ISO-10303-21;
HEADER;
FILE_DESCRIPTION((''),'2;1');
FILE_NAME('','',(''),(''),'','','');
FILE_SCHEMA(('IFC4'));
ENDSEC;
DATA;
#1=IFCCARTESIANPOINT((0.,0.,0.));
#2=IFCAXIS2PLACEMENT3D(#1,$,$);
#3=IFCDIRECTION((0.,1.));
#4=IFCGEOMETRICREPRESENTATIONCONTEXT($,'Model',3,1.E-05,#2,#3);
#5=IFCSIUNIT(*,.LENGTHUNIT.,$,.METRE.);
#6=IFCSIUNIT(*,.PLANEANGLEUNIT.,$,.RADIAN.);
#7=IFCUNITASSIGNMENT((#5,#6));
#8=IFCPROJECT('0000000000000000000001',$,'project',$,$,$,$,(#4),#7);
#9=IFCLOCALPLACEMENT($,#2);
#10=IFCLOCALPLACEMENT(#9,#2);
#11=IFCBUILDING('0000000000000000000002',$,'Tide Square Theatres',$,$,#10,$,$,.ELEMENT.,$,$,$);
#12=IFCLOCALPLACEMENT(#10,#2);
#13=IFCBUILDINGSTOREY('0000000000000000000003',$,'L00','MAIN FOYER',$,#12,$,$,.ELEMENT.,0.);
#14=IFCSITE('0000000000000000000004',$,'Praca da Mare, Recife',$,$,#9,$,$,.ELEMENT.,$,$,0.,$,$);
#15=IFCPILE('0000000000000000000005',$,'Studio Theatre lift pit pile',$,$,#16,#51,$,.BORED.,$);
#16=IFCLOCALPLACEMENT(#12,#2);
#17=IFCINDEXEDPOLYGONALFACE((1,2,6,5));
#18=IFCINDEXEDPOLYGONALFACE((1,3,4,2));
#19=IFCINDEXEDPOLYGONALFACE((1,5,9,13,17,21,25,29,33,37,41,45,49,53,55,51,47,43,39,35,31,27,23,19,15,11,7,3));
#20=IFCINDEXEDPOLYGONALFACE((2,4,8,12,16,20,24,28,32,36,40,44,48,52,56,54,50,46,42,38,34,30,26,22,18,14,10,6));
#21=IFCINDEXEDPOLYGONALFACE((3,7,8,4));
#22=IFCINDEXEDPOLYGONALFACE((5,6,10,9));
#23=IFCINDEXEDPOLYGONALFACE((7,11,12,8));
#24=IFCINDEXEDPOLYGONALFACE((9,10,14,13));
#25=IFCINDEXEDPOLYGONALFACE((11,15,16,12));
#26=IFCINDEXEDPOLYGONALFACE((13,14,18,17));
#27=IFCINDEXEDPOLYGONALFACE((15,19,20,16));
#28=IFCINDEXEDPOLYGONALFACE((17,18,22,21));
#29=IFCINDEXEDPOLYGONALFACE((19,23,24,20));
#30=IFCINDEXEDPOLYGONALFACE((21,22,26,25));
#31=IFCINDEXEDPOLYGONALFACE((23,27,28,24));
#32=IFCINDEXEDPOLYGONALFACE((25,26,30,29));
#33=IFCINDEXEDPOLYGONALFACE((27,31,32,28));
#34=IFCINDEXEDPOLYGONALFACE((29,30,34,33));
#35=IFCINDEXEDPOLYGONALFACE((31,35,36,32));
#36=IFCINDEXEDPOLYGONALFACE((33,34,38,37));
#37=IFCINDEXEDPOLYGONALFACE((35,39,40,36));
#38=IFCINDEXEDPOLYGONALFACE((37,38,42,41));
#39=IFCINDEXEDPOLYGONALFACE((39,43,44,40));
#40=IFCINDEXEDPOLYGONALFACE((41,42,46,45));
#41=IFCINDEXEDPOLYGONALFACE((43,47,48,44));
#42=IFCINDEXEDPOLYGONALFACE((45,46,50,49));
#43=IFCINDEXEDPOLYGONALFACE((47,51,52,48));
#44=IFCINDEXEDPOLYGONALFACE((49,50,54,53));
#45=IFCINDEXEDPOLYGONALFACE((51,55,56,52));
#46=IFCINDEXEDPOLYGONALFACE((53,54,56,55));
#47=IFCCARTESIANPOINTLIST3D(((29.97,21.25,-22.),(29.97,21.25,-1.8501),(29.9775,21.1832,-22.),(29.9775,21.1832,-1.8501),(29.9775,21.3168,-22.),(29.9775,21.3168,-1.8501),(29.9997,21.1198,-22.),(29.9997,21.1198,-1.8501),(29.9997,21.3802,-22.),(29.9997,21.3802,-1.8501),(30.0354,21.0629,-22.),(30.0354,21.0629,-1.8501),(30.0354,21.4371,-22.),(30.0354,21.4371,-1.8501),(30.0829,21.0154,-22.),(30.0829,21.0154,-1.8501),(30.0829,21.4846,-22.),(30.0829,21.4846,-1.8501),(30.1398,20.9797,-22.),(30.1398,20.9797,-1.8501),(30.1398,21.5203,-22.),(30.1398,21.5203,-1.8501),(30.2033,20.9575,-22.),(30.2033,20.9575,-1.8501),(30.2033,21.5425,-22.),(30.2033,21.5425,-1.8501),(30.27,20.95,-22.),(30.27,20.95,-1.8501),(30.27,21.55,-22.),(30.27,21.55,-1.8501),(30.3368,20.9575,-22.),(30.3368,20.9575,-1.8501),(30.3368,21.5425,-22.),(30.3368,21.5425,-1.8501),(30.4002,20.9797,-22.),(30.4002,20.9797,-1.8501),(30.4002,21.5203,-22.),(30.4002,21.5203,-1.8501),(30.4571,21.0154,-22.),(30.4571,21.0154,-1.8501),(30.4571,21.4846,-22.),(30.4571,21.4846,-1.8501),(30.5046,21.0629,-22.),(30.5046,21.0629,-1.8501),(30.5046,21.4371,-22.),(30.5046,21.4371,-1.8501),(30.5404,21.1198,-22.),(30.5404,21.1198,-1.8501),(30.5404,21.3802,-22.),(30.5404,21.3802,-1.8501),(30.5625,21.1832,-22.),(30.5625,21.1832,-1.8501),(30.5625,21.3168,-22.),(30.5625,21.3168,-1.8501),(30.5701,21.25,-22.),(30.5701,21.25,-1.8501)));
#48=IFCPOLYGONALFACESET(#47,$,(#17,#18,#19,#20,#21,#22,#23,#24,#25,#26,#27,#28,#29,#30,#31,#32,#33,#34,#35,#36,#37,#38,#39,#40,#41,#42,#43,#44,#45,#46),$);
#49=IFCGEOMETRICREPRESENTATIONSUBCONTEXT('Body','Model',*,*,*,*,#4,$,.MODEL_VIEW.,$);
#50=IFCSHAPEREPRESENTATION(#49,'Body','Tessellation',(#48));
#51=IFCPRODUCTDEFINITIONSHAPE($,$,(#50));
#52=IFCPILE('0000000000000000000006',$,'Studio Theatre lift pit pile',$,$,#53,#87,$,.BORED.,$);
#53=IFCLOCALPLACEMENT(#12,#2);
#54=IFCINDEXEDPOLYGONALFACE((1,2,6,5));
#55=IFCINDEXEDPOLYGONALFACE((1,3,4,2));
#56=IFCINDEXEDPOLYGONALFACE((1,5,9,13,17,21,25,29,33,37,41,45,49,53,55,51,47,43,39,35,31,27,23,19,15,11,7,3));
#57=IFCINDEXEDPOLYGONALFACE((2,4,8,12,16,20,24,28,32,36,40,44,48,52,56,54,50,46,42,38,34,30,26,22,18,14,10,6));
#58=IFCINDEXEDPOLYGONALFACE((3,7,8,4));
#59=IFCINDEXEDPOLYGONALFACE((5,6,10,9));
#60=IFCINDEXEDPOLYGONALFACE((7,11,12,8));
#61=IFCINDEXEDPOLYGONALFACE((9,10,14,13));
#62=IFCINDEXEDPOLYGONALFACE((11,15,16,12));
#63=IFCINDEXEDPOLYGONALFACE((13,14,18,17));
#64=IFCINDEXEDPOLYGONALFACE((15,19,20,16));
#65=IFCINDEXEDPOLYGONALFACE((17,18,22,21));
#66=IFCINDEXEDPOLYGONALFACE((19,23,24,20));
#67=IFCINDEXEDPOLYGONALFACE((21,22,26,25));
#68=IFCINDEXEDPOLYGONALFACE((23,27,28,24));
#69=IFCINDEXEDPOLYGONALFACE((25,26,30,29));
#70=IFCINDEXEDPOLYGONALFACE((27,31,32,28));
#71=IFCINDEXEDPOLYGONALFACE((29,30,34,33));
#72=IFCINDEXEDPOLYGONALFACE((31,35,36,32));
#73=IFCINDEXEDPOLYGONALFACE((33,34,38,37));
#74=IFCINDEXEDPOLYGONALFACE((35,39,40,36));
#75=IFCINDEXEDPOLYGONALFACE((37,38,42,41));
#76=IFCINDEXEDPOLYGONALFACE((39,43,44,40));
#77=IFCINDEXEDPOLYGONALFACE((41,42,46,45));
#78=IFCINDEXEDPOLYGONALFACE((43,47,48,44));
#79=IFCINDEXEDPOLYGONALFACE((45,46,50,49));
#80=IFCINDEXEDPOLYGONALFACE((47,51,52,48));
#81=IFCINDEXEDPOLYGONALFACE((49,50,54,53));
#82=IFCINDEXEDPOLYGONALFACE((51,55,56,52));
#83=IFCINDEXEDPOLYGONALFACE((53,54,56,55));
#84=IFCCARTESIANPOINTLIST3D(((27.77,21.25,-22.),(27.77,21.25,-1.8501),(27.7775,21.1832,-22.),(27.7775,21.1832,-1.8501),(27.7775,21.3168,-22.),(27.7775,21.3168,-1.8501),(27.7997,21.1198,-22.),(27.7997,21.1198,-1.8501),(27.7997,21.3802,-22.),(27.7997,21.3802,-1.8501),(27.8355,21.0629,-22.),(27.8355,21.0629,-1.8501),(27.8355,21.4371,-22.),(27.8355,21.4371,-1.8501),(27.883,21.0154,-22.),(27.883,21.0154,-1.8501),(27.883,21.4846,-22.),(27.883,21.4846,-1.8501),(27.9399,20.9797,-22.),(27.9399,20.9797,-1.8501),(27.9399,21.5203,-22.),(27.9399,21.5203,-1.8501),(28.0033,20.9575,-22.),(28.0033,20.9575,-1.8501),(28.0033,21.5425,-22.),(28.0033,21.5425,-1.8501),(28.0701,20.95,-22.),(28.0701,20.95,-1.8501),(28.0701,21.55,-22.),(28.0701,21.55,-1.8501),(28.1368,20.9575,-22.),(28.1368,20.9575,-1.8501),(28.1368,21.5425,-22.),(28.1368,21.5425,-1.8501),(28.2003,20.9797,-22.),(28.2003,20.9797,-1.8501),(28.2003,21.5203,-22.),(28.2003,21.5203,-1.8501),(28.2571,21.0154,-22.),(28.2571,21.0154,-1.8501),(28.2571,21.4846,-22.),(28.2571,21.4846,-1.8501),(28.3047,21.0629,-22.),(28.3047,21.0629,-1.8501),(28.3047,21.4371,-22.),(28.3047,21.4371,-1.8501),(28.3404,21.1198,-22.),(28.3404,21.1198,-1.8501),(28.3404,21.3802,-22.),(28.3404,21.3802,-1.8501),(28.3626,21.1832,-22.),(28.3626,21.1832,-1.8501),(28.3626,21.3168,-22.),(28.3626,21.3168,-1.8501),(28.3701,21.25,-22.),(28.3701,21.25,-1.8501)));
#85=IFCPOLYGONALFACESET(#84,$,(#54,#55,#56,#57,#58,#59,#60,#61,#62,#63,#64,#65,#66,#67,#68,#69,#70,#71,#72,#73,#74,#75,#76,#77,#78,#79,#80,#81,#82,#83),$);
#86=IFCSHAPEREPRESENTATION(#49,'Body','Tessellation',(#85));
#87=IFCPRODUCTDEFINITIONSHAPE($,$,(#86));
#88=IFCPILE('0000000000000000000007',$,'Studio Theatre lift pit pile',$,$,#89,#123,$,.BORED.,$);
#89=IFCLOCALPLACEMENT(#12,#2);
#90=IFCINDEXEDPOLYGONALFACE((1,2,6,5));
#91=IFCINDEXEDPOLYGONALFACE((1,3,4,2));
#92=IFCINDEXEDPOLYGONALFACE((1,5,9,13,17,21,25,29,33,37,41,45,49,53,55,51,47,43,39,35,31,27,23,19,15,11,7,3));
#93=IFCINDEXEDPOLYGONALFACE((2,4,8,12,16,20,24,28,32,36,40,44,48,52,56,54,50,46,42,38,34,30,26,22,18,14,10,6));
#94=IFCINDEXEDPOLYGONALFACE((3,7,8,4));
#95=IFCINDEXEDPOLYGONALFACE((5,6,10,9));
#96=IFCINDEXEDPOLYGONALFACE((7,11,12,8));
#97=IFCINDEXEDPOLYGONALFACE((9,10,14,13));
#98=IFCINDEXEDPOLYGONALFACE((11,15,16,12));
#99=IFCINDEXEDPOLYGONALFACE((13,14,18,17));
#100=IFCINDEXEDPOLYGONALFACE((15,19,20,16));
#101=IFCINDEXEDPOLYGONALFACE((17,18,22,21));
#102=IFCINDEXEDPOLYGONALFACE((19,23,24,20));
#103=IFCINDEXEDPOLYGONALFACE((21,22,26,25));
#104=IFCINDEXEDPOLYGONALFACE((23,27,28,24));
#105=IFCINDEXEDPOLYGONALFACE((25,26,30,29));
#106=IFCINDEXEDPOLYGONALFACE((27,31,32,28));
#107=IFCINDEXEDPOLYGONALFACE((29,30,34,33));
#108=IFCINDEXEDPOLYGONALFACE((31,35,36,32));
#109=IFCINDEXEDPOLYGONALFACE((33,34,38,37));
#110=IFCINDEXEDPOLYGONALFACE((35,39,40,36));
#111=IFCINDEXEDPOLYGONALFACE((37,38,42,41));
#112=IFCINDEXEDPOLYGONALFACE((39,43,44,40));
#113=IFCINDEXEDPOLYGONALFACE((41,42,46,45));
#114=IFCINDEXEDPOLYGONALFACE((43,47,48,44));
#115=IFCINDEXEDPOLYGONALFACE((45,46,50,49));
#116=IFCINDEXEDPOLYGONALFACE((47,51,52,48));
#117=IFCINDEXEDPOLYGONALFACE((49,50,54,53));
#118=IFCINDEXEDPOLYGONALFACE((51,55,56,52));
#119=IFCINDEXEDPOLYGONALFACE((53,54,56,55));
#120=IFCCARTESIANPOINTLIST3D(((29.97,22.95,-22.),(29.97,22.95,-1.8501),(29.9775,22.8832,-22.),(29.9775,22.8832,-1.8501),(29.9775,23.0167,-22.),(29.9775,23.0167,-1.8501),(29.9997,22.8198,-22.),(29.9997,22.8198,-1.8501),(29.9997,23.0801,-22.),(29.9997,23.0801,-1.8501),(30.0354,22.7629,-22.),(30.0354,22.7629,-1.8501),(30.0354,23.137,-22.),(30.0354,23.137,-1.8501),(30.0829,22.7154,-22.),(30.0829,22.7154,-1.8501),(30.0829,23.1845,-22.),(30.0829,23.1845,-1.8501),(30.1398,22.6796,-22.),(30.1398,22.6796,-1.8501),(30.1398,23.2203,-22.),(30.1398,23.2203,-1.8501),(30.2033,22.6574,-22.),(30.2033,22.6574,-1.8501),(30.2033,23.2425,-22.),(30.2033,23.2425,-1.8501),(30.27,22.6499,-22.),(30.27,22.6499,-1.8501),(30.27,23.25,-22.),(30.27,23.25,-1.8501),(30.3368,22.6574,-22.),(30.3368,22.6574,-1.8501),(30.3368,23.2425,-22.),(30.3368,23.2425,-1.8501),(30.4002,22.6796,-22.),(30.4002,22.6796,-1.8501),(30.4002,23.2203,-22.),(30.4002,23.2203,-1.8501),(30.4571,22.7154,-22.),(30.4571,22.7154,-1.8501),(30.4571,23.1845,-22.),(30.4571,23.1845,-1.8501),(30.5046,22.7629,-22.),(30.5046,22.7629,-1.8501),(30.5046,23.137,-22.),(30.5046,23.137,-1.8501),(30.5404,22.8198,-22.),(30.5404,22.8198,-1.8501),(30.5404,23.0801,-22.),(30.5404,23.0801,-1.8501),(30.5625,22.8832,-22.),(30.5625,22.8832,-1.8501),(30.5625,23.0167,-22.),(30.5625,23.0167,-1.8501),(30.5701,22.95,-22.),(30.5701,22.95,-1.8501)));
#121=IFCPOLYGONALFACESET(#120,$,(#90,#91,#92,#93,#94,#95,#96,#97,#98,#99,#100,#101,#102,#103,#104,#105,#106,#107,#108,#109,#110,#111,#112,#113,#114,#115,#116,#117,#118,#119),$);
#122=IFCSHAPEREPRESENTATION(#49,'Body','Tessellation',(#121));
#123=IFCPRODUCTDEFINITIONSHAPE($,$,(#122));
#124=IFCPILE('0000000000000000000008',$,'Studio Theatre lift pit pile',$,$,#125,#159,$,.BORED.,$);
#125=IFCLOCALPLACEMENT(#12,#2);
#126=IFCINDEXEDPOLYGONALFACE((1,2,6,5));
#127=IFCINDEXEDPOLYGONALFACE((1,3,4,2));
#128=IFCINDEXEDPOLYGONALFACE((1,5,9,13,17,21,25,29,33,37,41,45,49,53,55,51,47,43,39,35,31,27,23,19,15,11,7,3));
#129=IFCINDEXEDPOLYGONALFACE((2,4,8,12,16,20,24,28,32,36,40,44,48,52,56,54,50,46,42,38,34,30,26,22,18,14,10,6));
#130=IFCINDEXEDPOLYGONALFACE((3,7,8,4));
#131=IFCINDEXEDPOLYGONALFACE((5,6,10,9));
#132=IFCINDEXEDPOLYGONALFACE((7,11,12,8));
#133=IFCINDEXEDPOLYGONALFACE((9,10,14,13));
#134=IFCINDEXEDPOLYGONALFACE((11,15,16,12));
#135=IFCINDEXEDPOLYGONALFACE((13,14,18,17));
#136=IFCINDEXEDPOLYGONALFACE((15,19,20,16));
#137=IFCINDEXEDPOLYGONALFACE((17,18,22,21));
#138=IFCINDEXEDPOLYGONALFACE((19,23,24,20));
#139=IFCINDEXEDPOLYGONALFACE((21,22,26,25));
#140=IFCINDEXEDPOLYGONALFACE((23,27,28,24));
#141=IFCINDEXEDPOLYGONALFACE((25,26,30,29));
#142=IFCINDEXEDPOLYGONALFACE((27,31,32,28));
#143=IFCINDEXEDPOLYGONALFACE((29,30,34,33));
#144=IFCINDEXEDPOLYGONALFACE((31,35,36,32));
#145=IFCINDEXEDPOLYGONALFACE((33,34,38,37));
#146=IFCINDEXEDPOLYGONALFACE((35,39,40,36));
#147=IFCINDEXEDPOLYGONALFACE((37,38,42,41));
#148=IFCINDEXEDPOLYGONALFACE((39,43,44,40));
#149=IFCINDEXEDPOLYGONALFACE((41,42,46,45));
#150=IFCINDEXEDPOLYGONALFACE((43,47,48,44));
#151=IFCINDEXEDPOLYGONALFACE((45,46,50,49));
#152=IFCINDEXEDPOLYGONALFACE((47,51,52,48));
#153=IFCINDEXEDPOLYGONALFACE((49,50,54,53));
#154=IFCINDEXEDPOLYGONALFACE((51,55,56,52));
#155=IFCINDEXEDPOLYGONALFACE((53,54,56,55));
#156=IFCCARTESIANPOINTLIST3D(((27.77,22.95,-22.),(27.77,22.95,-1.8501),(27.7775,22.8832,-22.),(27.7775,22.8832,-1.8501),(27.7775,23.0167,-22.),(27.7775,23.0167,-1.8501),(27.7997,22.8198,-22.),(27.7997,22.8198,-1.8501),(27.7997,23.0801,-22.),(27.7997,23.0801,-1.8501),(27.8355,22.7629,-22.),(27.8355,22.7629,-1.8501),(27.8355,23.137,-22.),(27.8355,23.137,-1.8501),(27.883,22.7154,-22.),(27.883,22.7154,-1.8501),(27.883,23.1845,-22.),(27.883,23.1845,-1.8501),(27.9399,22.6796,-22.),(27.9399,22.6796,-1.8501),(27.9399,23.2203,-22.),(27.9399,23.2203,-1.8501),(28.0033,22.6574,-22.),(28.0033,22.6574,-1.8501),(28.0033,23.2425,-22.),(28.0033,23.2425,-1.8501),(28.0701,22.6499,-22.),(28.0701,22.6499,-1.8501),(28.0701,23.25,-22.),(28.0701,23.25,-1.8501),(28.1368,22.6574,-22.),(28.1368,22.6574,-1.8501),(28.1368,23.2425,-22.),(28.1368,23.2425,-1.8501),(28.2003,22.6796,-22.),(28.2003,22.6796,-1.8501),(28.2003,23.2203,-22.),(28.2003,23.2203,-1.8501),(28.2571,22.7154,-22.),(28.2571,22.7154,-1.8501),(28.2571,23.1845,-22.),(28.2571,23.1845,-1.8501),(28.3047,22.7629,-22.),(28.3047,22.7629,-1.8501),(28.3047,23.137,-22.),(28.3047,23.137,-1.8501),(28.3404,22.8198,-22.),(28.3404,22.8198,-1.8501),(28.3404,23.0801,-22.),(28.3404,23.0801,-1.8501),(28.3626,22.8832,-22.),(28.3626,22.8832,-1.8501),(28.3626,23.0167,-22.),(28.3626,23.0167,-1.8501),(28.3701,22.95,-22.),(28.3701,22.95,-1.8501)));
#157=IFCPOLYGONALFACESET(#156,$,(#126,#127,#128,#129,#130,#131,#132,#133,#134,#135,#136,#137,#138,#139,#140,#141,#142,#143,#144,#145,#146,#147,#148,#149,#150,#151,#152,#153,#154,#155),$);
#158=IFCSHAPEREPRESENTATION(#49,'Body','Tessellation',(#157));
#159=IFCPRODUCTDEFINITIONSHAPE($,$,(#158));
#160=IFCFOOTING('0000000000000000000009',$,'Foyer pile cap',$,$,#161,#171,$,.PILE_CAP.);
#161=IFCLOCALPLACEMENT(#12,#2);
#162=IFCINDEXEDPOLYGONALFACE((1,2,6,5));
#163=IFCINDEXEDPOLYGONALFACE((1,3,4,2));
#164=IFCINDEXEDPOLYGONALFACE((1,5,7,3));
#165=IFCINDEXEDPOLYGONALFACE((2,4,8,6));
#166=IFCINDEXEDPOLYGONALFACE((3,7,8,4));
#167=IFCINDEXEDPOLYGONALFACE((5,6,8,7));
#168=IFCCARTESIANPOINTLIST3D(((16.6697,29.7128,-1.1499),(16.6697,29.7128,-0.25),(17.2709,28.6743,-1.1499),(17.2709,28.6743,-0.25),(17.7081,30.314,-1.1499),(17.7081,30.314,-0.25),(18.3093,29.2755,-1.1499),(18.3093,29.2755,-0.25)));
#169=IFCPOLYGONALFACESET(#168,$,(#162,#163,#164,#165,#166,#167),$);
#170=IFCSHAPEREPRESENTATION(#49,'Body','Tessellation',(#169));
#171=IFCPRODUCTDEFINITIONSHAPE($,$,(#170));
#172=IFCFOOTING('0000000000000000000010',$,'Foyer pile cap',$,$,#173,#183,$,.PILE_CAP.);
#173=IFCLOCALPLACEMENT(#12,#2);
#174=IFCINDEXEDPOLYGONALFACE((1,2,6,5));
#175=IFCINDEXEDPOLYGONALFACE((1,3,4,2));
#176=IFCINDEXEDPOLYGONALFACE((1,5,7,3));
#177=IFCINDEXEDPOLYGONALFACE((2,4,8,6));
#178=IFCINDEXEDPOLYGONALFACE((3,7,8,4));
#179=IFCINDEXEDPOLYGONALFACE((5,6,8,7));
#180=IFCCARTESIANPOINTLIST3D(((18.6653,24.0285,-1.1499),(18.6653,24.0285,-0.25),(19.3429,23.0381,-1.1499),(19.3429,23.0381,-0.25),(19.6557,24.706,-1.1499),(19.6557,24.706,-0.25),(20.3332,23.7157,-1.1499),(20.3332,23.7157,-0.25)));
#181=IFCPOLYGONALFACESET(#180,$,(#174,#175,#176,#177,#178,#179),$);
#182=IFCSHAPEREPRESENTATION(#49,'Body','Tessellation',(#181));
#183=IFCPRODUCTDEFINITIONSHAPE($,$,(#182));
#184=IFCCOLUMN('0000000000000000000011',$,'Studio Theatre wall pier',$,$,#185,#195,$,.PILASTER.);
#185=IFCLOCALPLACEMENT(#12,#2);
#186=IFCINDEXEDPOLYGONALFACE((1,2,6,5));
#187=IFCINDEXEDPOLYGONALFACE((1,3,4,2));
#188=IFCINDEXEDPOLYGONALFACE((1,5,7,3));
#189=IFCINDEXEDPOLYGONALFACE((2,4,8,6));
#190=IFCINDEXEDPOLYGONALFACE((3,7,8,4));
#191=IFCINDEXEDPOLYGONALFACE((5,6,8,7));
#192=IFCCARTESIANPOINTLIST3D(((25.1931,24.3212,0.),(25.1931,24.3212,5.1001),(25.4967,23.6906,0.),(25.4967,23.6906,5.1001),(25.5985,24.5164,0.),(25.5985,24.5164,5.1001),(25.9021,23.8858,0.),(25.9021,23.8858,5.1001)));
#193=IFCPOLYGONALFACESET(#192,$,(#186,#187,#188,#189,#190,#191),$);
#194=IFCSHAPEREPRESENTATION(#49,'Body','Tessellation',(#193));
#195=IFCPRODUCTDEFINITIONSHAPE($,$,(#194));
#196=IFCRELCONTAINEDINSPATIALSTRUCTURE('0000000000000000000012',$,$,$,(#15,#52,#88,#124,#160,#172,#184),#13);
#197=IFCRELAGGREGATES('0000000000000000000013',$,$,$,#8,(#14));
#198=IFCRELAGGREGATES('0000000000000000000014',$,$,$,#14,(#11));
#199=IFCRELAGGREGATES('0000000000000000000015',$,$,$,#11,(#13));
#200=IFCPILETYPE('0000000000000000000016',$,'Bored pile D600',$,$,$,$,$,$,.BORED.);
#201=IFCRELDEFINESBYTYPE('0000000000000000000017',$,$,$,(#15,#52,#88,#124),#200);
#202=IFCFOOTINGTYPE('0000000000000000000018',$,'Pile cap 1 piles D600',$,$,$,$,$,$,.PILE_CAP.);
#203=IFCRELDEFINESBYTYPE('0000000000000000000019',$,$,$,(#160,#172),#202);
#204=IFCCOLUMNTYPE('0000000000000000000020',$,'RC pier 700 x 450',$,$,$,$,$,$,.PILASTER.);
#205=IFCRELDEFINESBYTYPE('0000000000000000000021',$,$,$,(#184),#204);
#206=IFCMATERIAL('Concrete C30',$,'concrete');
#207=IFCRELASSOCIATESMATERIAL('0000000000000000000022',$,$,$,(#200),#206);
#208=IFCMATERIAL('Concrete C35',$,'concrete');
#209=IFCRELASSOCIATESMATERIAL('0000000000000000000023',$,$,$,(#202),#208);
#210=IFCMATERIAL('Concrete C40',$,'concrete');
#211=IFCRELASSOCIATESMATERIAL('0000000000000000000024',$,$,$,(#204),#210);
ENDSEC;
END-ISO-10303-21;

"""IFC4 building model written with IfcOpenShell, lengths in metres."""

from ifc_helpers import new_model, si_unit, direction, frame, origin, origin_2d, place, context, subcontext, project, spatial, rectangle, circle, extrude, material, material_profile, profile_set, type_object, element, save


model = new_model("IFC4")

# Units and contexts
model_context = context("Model", 3, precision=1e-05, world=origin(), true_north=direction((0.0, 1.0)))
body_context = subcontext(model_context, "Body", "Model", "MODEL_VIEW")
ifc_project = project(units=[si_unit("LENGTHUNIT", "METRE"), si_unit("PLANEANGLEUNIT", "RADIAN")], contexts=[model_context])

# Site, building, storey
site_placement = place(None, origin())
site = spatial("IfcSite", under=ifc_project, at=site_placement, Name="Praca da Mare, Recife", CompositionType="ELEMENT", RefElevation=0.0)
building_placement = place(site_placement, origin())
building = spatial("IfcBuilding", under=site, at=building_placement, Name="Tide Square Theatres", CompositionType="ELEMENT")
storey_placement = place(building_placement, origin())
storey = spatial("IfcBuildingStorey", under=building, at=storey_placement, Name="L00", Description="MAIN FOYER", CompositionType="ELEMENT", Elevation=0.0)

# Piles
ifc_material_1 = material(Name="Concrete C30", Category="concrete")
ifc_material_profile_1 = material_profile(ifc_material_1, circle(Radius=0.3, at=origin_2d()))
ifc_profile_set_1 = profile_set([ifc_material_profile_1], Name="Concrete C30")
pile_type = type_object("IfcPileType", Name="Bored pile D600", PredefinedType="BORED", material=ifc_profile_set_1)
for number, where, z_axis, x_axis, name in (
    (1, (30.27, 21.25, -1.8501), (0.0, 0.0, -1.0), (1.0, 0.0, 0.0), "Studio Theatre lift pit pile"),
    (2, (28.0701, 21.25, -1.8501), (0.0, 0.0, -1.0), (1.0, 0.0, 0.0), "Studio Theatre lift pit pile"),
    (3, (30.27, 22.95, -1.8501), (0.0, 0.0, -1.0), (1.0, 0.0, 0.0), "Studio Theatre lift pit pile"),
    (4, (28.0701, 22.95, -1.8501), (0.0, 0.0, -1.0), (1.0, 0.0, 0.0), "Studio Theatre lift pit pile"),
):
    element("IfcPile", number, at=place(storey_placement, frame(where, z_axis=z_axis, x_axis=x_axis)), inside=storey, type_object=pile_type, Name=name, PredefinedType="BORED", context=body_context, shape_type="SweptSolid", body=[
        extrude(circle(Radius=0.3, at=origin_2d()), origin(), (0.0, 0.0, 1.0), 20.1499),
    ])

# Footings
ifc_material_2 = material(Name="Concrete C35", Category="concrete")
footing_type = type_object("IfcFootingType", Name="Pile cap 1 piles D600", PredefinedType="PILE_CAP", material=ifc_material_2)
for number, where, z_axis, x_axis, name in (
    (5, (17.4895, 29.4941, -1.1499), (0.0, 0.0, 1.0), (0.501034, -0.865428, 0.0), "Foyer pile cap"),
    (6, (19.4993, 23.8721, -1.1499), (0.0, 0.0, 1.0), (0.564647, -0.825332, 0.0), "Foyer pile cap"),
):
    element("IfcFooting", number, at=place(storey_placement, frame(where, z_axis=z_axis, x_axis=x_axis)), inside=storey, type_object=footing_type, Name=name, PredefinedType="PILE_CAP", context=body_context, shape_type="SweptSolid", body=[
        extrude(rectangle(XDim=1.2, YDim=1.2, at=origin_2d()), origin(), (0.0, 0.0, 1.0), 0.8999),
    ])

# Column
ifc_material_3 = material(Name="Concrete C40", Category="concrete")
ifc_material_profile_2 = material_profile(ifc_material_3, rectangle(XDim=0.7, YDim=0.45, at=origin_2d()))
ifc_profile_set_2 = profile_set([ifc_material_profile_2], Name="Concrete C40")
column_type_1 = type_object("IfcColumnType", Name="RC pier 700 x 450", PredefinedType="PILASTER", material=ifc_profile_set_2)
column_placement = place(storey_placement, frame((25.5476, 24.1035, 0.0), z_axis=(0.0, 0.0, 1.0), x_axis=(0.433814, -0.901003, 0.0)))
element("IfcColumn", 7, at=column_placement, inside=storey, type_object=column_type_1, Name="Studio Theatre wall pier", PredefinedType="PILASTER", context=body_context, shape_type="SweptSolid", body=[
    extrude(rectangle(XDim=0.7, YDim=0.45, at=origin_2d()), origin(), (0.0, 0.0, 1.0), 5.1001),
])

save(model, "model.ifc")
